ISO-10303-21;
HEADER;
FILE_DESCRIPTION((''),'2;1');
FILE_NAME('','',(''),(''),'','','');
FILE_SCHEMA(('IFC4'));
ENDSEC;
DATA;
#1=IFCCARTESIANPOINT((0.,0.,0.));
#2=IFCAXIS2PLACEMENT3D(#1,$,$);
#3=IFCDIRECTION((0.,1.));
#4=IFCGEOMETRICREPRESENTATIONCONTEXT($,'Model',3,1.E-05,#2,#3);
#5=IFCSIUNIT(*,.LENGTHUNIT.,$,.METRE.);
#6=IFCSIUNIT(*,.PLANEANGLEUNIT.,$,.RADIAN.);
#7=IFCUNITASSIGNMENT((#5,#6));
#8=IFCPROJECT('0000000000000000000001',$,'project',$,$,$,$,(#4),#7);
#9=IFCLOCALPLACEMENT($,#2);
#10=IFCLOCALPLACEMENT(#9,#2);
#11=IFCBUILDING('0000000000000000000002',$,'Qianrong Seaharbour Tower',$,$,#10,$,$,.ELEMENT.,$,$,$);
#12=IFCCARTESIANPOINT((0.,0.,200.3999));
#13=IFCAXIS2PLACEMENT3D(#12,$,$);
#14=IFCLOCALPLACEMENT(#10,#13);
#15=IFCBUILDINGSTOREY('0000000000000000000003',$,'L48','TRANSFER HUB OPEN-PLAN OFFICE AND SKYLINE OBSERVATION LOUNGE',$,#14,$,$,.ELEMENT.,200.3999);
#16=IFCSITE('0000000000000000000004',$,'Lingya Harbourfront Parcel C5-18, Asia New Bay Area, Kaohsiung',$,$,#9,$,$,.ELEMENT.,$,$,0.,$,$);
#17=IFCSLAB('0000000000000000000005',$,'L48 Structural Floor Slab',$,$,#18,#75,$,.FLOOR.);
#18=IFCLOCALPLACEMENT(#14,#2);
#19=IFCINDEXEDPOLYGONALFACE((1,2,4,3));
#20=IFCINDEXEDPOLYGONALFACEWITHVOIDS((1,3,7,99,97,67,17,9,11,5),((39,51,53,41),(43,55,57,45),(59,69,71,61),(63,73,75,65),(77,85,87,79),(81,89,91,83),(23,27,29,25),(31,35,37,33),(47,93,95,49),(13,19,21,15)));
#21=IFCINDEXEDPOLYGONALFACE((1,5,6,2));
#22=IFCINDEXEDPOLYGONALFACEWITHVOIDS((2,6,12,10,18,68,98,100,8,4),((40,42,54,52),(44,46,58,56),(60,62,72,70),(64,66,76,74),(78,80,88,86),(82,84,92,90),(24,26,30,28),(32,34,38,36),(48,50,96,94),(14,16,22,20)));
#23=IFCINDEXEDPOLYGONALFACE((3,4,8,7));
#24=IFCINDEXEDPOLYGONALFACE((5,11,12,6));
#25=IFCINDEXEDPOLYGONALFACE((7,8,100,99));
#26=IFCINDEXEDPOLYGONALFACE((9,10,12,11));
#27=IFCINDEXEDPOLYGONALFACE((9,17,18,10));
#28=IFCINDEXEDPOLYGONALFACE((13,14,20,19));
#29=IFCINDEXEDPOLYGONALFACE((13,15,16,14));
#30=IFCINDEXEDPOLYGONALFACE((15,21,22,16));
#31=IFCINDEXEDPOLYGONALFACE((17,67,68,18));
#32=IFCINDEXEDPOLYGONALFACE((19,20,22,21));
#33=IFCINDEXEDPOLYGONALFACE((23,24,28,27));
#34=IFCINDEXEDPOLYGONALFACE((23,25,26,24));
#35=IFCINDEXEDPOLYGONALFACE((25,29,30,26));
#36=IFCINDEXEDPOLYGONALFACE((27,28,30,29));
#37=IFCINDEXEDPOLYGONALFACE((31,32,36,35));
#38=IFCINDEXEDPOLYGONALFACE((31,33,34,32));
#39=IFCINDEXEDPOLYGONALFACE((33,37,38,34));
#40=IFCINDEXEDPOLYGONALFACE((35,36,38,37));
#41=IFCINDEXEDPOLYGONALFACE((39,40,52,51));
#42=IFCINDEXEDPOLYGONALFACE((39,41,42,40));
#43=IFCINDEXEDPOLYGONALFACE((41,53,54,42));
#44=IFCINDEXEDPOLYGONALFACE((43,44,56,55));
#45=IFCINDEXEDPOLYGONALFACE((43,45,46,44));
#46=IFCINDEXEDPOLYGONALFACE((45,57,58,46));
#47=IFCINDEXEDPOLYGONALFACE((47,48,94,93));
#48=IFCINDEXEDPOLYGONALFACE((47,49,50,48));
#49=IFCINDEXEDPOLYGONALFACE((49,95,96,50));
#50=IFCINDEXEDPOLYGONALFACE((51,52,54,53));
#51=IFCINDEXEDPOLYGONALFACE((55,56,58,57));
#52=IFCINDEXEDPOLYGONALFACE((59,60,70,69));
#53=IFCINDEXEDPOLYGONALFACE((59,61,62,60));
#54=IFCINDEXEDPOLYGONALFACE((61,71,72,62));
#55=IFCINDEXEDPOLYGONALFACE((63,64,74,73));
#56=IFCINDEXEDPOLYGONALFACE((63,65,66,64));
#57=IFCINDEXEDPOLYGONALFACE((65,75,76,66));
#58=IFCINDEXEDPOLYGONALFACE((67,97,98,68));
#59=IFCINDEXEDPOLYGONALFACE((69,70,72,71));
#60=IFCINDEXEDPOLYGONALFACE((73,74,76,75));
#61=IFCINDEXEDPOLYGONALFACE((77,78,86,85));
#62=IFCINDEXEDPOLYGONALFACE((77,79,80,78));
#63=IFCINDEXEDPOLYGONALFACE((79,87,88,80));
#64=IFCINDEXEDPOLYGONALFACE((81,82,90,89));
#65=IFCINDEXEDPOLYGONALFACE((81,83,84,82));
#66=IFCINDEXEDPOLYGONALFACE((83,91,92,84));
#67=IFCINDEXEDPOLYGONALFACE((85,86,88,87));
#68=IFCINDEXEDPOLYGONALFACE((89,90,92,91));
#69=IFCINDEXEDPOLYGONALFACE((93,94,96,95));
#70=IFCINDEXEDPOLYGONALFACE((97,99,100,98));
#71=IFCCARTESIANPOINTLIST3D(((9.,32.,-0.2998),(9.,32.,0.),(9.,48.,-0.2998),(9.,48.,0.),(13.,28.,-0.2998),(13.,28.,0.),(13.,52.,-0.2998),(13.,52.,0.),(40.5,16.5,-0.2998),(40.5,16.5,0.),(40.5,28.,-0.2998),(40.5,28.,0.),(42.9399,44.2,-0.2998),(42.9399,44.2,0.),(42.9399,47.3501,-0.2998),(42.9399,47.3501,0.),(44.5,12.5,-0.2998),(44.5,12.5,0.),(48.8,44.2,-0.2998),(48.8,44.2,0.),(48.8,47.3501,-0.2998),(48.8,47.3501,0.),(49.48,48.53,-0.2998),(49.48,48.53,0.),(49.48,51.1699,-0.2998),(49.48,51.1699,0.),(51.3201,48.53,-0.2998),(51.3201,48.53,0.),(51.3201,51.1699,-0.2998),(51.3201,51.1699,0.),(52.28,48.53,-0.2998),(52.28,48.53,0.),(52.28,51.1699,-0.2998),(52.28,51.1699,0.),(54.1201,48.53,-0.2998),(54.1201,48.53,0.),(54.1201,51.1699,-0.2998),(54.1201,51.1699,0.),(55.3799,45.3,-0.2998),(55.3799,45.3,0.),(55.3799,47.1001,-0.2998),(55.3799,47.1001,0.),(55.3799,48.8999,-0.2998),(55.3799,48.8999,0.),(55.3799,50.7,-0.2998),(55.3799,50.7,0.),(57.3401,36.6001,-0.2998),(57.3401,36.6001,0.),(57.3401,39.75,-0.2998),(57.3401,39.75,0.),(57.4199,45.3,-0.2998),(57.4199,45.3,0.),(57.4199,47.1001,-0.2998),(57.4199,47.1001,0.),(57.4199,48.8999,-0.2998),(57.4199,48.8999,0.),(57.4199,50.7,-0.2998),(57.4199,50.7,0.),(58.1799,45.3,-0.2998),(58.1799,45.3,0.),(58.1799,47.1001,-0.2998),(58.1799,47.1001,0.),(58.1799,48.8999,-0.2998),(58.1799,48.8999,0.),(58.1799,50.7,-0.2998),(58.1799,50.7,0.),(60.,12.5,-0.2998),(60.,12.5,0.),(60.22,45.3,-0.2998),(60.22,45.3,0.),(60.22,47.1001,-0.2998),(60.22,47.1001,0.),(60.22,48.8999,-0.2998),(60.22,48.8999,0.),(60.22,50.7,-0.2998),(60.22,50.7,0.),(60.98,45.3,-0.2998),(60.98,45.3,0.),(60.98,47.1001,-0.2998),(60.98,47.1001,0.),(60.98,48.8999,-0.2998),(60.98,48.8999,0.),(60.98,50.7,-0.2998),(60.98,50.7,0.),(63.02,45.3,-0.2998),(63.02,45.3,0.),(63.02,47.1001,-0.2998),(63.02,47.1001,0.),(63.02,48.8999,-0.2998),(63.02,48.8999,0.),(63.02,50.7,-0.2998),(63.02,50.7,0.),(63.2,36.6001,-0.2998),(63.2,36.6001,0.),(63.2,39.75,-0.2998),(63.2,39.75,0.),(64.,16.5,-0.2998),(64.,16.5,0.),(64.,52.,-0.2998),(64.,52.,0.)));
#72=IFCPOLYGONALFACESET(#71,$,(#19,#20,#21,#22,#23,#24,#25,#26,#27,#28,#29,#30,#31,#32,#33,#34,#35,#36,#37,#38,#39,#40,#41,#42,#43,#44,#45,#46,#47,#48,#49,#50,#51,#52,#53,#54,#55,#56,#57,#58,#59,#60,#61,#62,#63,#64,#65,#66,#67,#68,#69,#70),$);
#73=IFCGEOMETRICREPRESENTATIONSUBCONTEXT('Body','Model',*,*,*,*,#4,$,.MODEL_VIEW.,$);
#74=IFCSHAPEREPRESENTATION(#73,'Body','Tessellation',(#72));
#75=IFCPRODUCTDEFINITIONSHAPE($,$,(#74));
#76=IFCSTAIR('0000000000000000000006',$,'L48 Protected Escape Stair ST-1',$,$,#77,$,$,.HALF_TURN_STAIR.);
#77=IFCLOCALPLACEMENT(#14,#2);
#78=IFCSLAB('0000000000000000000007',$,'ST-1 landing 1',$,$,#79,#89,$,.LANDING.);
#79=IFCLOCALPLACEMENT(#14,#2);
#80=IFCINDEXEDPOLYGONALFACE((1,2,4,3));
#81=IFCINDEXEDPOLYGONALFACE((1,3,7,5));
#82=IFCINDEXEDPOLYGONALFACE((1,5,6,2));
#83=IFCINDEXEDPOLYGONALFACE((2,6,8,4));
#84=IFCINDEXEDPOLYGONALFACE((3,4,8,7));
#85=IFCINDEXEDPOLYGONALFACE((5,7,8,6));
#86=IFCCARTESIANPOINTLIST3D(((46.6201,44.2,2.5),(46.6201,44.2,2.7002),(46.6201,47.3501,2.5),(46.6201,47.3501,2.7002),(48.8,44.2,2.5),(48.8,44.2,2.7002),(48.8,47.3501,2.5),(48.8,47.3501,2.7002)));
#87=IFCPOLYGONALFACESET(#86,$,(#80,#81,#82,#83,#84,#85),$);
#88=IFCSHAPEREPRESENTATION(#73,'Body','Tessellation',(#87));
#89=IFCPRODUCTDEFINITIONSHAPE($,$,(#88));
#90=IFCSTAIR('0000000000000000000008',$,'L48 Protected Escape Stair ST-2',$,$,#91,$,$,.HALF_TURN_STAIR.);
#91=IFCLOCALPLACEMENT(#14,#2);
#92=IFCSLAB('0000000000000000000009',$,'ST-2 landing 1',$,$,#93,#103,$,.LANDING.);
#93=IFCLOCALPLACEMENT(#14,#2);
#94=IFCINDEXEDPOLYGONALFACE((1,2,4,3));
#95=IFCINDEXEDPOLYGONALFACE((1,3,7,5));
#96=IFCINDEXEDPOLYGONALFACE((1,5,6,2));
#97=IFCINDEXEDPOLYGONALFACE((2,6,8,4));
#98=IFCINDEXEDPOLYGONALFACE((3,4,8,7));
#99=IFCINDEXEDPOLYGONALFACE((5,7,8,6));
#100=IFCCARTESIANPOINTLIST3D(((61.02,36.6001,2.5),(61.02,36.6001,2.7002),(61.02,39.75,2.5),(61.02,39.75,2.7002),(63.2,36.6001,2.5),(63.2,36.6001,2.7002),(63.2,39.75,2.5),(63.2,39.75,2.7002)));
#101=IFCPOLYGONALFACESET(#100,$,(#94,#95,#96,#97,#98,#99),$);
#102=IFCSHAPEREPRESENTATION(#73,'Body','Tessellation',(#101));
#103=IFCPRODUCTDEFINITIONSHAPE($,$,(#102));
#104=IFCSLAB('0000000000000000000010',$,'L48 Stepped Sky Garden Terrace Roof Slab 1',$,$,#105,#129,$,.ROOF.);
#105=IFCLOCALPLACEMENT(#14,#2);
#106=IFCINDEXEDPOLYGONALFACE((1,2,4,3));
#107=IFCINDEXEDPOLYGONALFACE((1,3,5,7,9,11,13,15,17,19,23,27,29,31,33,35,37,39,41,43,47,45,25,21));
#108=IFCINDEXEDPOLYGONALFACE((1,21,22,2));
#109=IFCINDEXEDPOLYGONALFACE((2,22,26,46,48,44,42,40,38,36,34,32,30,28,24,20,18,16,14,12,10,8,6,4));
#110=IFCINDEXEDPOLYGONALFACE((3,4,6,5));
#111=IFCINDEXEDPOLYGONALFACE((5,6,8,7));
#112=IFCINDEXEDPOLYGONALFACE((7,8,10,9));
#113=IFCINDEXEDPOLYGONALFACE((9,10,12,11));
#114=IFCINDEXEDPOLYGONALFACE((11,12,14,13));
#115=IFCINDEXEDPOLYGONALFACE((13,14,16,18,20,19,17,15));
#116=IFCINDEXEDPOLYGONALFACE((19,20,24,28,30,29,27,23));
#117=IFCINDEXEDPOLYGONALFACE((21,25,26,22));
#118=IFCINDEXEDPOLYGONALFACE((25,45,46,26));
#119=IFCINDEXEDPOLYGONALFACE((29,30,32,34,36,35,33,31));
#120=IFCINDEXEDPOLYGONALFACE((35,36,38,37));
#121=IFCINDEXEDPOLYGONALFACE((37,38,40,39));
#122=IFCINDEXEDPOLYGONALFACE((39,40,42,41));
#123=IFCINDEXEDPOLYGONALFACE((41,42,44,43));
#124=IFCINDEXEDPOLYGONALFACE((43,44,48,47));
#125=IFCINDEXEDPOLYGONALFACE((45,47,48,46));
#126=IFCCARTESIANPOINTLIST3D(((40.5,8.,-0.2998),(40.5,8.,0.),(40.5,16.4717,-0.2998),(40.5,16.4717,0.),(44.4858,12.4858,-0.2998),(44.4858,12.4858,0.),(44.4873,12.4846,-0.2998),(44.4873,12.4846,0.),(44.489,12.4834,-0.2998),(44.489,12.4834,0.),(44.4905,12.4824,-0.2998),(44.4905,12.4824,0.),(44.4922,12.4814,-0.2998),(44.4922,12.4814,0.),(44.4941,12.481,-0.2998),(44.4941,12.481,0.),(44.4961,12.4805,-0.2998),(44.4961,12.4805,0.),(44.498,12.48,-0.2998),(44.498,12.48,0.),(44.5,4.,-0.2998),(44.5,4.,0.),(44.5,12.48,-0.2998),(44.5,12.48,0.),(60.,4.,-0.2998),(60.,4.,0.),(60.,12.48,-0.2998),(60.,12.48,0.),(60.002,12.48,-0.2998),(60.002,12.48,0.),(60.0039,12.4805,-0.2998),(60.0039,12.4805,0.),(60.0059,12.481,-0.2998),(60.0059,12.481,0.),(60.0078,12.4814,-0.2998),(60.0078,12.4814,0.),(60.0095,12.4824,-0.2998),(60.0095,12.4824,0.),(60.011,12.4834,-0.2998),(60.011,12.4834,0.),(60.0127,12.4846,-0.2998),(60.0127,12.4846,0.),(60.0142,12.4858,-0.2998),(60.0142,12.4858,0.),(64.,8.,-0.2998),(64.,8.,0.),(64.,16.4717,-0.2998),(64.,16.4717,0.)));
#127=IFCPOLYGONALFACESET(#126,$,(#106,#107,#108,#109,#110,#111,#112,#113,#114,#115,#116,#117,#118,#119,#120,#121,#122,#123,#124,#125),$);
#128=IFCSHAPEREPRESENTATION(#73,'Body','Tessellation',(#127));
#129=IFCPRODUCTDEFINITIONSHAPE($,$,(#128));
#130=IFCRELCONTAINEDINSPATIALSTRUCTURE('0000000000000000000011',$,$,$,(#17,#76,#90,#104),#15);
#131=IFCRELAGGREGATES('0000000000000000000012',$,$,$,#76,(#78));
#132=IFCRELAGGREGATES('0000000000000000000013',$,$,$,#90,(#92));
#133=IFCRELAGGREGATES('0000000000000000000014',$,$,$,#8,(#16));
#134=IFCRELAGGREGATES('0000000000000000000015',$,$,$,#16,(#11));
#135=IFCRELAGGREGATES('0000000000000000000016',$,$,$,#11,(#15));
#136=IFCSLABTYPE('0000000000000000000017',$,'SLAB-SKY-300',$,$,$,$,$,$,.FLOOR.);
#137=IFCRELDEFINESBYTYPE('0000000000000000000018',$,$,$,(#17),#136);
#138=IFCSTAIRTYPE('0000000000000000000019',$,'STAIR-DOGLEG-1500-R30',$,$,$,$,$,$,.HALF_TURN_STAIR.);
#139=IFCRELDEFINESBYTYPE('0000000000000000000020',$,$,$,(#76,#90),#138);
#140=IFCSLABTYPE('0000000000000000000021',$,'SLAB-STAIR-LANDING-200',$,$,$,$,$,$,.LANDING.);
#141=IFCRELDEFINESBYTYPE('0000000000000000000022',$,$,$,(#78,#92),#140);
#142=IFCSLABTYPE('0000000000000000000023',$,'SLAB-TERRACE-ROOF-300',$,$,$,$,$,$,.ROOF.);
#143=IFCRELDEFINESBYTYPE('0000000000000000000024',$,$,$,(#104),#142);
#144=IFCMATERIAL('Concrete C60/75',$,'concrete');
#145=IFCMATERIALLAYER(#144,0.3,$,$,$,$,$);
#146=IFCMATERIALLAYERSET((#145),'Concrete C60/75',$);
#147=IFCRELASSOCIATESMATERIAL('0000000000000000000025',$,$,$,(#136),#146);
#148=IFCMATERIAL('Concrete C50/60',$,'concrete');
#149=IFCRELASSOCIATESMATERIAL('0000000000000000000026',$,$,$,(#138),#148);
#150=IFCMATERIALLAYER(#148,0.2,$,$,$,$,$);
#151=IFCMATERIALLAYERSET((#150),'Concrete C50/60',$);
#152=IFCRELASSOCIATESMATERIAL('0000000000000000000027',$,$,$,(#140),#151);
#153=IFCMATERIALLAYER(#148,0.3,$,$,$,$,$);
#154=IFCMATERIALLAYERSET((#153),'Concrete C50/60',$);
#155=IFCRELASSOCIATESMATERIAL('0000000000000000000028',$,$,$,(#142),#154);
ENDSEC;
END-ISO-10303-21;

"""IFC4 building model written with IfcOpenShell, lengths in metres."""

from ifc_helpers import new_model, si_unit, direction, frame, origin, place, context, subcontext, project, spatial, polyline, outline, extrude, material, layer, layer_set, type_object, element, aggregate, save


model = new_model("IFC4")

# Units and contexts
model_context = context("Model", 3, precision=1e-05, world=origin(), true_north=direction((0.0, 1.0)))
body_context = subcontext(model_context, "Body", "Model", "MODEL_VIEW")
ifc_project = project(units=[si_unit("LENGTHUNIT", "METRE"), si_unit("PLANEANGLEUNIT", "RADIAN")], contexts=[model_context])

# Site, building, storey
site_placement = place(None, origin())
site = spatial("IfcSite", under=ifc_project, at=site_placement, Name="Lingya Harbourfront Parcel C5-18, Asia New Bay Area, Kaohsiung", CompositionType="ELEMENT", RefElevation=0.0)
building_placement = place(site_placement, origin())
building = spatial("IfcBuilding", under=site, at=building_placement, Name="Qianrong Seaharbour Tower", CompositionType="ELEMENT")
storey_placement = place(building_placement, frame((0.0, 0.0, 200.3999)))
storey = spatial("IfcBuildingStorey", under=building, at=storey_placement, Name="L48", Description="TRANSFER HUB OPEN-PLAN OFFICE AND SKYLINE OBSERVATION LOUNGE", CompositionType="ELEMENT", Elevation=200.3999)

# Slab
ifc_material_1 = material(Name="Concrete C60/75", Category="concrete")
ifc_layer_1 = layer(ifc_material_1, 0.3)
ifc_layer_set_1 = layer_set([ifc_layer_1], Name="Concrete C60/75")
slab_type_1 = type_object("IfcSlabType", Name="SLAB-SKY-300", PredefinedType="FLOOR", material=ifc_layer_set_1)
slab_1_placement = place(storey_placement, frame((0.0, 0.0, -0.2998)))
element("IfcSlab", 1, at=slab_1_placement, inside=storey, type_object=slab_type_1, Name="L48 Structural Floor Slab", PredefinedType="FLOOR", context=body_context, shape_type="SweptSolid", body=[
    extrude(outline(polyline([(44.5, 12.5), (60.0, 12.5), (64.0, 16.5), (64.0, 52.0), (13.0, 52.0), (9.0, 48.0), (9.0, 32.0), (13.0, 28.0), (40.5, 28.0), (40.5, 16.5), (44.5, 12.5)]), holes=[polyline([(42.9399, 44.2), (42.9399, 47.3501), (48.8, 47.3501), (48.8, 44.2), (42.9399, 44.2)]), polyline([(57.3401, 36.6001), (57.3401, 39.75), (63.2, 39.75), (63.2, 36.6001), (57.3401, 36.6001)]), polyline([(49.48, 48.53), (49.48, 51.1699), (51.3201, 51.1699), (51.3201, 48.53), (49.48, 48.53)]), polyline([(52.28, 48.53), (52.28, 51.1699), (54.1201, 51.1699), (54.1201, 48.53), (52.28, 48.53)]), polyline([(55.3799, 45.3), (55.3799, 47.1001), (57.4199, 47.1001), (57.4199, 45.3), (55.3799, 45.3)]), polyline([(58.1799, 45.3), (58.1799, 47.1001), (60.22, 47.1001), (60.22, 45.3), (58.1799, 45.3)]), polyline([(60.98, 45.3), (60.98, 47.1001), (63.02, 47.1001), (63.02, 45.3), (60.98, 45.3)]), polyline([(55.3799, 48.8999), (55.3799, 50.7), (57.4199, 50.7), (57.4199, 48.8999), (55.3799, 48.8999)]), polyline([(58.1799, 48.8999), (58.1799, 50.7), (60.22, 50.7), (60.22, 48.8999), (58.1799, 48.8999)]), polyline([(60.98, 48.8999), (60.98, 50.7), (63.02, 50.7), (63.02, 48.8999), (60.98, 48.8999)])]), origin(), (0.0, 0.0, 1.0), 0.2998),
])

# Stairs, slabs
ifc_material_2 = material(Name="Concrete C50/60", Category="concrete")
stair_type = type_object("IfcStairType", Name="STAIR-DOGLEG-1500-R30", PredefinedType="HALF_TURN_STAIR", material=ifc_material_2)
stair_1_placement = place(storey_placement, origin())
stair_1 = element("IfcStair", 2, at=stair_1_placement, inside=storey, type_object=stair_type, Name="L48 Protected Escape Stair ST-1", PredefinedType="HALF_TURN_STAIR")
ifc_layer_2 = layer(ifc_material_2, 0.2)
ifc_layer_set_2 = layer_set([ifc_layer_2], Name="Concrete C50/60")
slab_type_2 = type_object("IfcSlabType", Name="SLAB-STAIR-LANDING-200", PredefinedType="LANDING", material=ifc_layer_set_2)
slab_2_placement = place(storey_placement, frame((0.0, 0.0, 2.5)))
slab_2 = element("IfcSlab", 3, at=slab_2_placement, type_object=slab_type_2, Name="ST-1 landing 1", PredefinedType="LANDING", context=body_context, shape_type="SweptSolid", body=[
    extrude(outline(polyline([(46.6201, 44.2), (48.8, 44.2), (48.8, 47.3501), (46.6201, 47.3501), (46.6201, 44.2)])), origin(), (0.0, 0.0, 1.0), 0.2002),
])
aggregate(stair_1, [slab_2])
stair_2_placement = place(storey_placement, origin())
stair_2 = element("IfcStair", 4, at=stair_2_placement, inside=storey, type_object=stair_type, Name="L48 Protected Escape Stair ST-2", PredefinedType="HALF_TURN_STAIR")
slab_3_placement = place(storey_placement, frame((0.0, 0.0, 2.5)))
slab_3 = element("IfcSlab", 5, at=slab_3_placement, type_object=slab_type_2, Name="ST-2 landing 1", PredefinedType="LANDING", context=body_context, shape_type="SweptSolid", body=[
    extrude(outline(polyline([(61.02, 36.6001), (63.2, 36.6001), (63.2, 39.75), (61.02, 39.75), (61.02, 36.6001)])), origin(), (0.0, 0.0, 1.0), 0.2002),
])
aggregate(stair_2, [slab_3])

# Slab
ifc_layer_3 = layer(ifc_material_2, 0.3)
ifc_layer_set_3 = layer_set([ifc_layer_3], Name="Concrete C50/60")
slab_type_3 = type_object("IfcSlabType", Name="SLAB-TERRACE-ROOF-300", PredefinedType="ROOF", material=ifc_layer_set_3)
slab_4_placement = place(storey_placement, frame((0.0, 0.0, -0.2998)))
element("IfcSlab", 6, at=slab_4_placement, inside=storey, type_object=slab_type_3, Name="L48 Stepped Sky Garden Terrace Roof Slab 1", PredefinedType="ROOF", context=body_context, shape_type="SweptSolid", body=[
    extrude(outline(polyline([(60.0, 4.0), (44.5, 4.0), (40.5, 8.0), (40.5, 16.4717), (44.4858, 12.4858), (44.4873, 12.4846), (44.489, 12.4834), (44.4905, 12.4824), (44.4922, 12.4814), (44.4941, 12.481), (44.4961, 12.4805), (44.498, 12.48), (44.5, 12.48), (60.0, 12.48), (60.002, 12.48), (60.0039, 12.4805), (60.0059, 12.481), (60.0078, 12.4814), (60.0095, 12.4824), (60.011, 12.4834), (60.0127, 12.4846), (60.0142, 12.4858), (64.0, 16.4717), (64.0, 8.0), (60.0, 4.0)])), origin(), (0.0, 0.0, 1.0), 0.2998),
])

save(model, "model.ifc")
